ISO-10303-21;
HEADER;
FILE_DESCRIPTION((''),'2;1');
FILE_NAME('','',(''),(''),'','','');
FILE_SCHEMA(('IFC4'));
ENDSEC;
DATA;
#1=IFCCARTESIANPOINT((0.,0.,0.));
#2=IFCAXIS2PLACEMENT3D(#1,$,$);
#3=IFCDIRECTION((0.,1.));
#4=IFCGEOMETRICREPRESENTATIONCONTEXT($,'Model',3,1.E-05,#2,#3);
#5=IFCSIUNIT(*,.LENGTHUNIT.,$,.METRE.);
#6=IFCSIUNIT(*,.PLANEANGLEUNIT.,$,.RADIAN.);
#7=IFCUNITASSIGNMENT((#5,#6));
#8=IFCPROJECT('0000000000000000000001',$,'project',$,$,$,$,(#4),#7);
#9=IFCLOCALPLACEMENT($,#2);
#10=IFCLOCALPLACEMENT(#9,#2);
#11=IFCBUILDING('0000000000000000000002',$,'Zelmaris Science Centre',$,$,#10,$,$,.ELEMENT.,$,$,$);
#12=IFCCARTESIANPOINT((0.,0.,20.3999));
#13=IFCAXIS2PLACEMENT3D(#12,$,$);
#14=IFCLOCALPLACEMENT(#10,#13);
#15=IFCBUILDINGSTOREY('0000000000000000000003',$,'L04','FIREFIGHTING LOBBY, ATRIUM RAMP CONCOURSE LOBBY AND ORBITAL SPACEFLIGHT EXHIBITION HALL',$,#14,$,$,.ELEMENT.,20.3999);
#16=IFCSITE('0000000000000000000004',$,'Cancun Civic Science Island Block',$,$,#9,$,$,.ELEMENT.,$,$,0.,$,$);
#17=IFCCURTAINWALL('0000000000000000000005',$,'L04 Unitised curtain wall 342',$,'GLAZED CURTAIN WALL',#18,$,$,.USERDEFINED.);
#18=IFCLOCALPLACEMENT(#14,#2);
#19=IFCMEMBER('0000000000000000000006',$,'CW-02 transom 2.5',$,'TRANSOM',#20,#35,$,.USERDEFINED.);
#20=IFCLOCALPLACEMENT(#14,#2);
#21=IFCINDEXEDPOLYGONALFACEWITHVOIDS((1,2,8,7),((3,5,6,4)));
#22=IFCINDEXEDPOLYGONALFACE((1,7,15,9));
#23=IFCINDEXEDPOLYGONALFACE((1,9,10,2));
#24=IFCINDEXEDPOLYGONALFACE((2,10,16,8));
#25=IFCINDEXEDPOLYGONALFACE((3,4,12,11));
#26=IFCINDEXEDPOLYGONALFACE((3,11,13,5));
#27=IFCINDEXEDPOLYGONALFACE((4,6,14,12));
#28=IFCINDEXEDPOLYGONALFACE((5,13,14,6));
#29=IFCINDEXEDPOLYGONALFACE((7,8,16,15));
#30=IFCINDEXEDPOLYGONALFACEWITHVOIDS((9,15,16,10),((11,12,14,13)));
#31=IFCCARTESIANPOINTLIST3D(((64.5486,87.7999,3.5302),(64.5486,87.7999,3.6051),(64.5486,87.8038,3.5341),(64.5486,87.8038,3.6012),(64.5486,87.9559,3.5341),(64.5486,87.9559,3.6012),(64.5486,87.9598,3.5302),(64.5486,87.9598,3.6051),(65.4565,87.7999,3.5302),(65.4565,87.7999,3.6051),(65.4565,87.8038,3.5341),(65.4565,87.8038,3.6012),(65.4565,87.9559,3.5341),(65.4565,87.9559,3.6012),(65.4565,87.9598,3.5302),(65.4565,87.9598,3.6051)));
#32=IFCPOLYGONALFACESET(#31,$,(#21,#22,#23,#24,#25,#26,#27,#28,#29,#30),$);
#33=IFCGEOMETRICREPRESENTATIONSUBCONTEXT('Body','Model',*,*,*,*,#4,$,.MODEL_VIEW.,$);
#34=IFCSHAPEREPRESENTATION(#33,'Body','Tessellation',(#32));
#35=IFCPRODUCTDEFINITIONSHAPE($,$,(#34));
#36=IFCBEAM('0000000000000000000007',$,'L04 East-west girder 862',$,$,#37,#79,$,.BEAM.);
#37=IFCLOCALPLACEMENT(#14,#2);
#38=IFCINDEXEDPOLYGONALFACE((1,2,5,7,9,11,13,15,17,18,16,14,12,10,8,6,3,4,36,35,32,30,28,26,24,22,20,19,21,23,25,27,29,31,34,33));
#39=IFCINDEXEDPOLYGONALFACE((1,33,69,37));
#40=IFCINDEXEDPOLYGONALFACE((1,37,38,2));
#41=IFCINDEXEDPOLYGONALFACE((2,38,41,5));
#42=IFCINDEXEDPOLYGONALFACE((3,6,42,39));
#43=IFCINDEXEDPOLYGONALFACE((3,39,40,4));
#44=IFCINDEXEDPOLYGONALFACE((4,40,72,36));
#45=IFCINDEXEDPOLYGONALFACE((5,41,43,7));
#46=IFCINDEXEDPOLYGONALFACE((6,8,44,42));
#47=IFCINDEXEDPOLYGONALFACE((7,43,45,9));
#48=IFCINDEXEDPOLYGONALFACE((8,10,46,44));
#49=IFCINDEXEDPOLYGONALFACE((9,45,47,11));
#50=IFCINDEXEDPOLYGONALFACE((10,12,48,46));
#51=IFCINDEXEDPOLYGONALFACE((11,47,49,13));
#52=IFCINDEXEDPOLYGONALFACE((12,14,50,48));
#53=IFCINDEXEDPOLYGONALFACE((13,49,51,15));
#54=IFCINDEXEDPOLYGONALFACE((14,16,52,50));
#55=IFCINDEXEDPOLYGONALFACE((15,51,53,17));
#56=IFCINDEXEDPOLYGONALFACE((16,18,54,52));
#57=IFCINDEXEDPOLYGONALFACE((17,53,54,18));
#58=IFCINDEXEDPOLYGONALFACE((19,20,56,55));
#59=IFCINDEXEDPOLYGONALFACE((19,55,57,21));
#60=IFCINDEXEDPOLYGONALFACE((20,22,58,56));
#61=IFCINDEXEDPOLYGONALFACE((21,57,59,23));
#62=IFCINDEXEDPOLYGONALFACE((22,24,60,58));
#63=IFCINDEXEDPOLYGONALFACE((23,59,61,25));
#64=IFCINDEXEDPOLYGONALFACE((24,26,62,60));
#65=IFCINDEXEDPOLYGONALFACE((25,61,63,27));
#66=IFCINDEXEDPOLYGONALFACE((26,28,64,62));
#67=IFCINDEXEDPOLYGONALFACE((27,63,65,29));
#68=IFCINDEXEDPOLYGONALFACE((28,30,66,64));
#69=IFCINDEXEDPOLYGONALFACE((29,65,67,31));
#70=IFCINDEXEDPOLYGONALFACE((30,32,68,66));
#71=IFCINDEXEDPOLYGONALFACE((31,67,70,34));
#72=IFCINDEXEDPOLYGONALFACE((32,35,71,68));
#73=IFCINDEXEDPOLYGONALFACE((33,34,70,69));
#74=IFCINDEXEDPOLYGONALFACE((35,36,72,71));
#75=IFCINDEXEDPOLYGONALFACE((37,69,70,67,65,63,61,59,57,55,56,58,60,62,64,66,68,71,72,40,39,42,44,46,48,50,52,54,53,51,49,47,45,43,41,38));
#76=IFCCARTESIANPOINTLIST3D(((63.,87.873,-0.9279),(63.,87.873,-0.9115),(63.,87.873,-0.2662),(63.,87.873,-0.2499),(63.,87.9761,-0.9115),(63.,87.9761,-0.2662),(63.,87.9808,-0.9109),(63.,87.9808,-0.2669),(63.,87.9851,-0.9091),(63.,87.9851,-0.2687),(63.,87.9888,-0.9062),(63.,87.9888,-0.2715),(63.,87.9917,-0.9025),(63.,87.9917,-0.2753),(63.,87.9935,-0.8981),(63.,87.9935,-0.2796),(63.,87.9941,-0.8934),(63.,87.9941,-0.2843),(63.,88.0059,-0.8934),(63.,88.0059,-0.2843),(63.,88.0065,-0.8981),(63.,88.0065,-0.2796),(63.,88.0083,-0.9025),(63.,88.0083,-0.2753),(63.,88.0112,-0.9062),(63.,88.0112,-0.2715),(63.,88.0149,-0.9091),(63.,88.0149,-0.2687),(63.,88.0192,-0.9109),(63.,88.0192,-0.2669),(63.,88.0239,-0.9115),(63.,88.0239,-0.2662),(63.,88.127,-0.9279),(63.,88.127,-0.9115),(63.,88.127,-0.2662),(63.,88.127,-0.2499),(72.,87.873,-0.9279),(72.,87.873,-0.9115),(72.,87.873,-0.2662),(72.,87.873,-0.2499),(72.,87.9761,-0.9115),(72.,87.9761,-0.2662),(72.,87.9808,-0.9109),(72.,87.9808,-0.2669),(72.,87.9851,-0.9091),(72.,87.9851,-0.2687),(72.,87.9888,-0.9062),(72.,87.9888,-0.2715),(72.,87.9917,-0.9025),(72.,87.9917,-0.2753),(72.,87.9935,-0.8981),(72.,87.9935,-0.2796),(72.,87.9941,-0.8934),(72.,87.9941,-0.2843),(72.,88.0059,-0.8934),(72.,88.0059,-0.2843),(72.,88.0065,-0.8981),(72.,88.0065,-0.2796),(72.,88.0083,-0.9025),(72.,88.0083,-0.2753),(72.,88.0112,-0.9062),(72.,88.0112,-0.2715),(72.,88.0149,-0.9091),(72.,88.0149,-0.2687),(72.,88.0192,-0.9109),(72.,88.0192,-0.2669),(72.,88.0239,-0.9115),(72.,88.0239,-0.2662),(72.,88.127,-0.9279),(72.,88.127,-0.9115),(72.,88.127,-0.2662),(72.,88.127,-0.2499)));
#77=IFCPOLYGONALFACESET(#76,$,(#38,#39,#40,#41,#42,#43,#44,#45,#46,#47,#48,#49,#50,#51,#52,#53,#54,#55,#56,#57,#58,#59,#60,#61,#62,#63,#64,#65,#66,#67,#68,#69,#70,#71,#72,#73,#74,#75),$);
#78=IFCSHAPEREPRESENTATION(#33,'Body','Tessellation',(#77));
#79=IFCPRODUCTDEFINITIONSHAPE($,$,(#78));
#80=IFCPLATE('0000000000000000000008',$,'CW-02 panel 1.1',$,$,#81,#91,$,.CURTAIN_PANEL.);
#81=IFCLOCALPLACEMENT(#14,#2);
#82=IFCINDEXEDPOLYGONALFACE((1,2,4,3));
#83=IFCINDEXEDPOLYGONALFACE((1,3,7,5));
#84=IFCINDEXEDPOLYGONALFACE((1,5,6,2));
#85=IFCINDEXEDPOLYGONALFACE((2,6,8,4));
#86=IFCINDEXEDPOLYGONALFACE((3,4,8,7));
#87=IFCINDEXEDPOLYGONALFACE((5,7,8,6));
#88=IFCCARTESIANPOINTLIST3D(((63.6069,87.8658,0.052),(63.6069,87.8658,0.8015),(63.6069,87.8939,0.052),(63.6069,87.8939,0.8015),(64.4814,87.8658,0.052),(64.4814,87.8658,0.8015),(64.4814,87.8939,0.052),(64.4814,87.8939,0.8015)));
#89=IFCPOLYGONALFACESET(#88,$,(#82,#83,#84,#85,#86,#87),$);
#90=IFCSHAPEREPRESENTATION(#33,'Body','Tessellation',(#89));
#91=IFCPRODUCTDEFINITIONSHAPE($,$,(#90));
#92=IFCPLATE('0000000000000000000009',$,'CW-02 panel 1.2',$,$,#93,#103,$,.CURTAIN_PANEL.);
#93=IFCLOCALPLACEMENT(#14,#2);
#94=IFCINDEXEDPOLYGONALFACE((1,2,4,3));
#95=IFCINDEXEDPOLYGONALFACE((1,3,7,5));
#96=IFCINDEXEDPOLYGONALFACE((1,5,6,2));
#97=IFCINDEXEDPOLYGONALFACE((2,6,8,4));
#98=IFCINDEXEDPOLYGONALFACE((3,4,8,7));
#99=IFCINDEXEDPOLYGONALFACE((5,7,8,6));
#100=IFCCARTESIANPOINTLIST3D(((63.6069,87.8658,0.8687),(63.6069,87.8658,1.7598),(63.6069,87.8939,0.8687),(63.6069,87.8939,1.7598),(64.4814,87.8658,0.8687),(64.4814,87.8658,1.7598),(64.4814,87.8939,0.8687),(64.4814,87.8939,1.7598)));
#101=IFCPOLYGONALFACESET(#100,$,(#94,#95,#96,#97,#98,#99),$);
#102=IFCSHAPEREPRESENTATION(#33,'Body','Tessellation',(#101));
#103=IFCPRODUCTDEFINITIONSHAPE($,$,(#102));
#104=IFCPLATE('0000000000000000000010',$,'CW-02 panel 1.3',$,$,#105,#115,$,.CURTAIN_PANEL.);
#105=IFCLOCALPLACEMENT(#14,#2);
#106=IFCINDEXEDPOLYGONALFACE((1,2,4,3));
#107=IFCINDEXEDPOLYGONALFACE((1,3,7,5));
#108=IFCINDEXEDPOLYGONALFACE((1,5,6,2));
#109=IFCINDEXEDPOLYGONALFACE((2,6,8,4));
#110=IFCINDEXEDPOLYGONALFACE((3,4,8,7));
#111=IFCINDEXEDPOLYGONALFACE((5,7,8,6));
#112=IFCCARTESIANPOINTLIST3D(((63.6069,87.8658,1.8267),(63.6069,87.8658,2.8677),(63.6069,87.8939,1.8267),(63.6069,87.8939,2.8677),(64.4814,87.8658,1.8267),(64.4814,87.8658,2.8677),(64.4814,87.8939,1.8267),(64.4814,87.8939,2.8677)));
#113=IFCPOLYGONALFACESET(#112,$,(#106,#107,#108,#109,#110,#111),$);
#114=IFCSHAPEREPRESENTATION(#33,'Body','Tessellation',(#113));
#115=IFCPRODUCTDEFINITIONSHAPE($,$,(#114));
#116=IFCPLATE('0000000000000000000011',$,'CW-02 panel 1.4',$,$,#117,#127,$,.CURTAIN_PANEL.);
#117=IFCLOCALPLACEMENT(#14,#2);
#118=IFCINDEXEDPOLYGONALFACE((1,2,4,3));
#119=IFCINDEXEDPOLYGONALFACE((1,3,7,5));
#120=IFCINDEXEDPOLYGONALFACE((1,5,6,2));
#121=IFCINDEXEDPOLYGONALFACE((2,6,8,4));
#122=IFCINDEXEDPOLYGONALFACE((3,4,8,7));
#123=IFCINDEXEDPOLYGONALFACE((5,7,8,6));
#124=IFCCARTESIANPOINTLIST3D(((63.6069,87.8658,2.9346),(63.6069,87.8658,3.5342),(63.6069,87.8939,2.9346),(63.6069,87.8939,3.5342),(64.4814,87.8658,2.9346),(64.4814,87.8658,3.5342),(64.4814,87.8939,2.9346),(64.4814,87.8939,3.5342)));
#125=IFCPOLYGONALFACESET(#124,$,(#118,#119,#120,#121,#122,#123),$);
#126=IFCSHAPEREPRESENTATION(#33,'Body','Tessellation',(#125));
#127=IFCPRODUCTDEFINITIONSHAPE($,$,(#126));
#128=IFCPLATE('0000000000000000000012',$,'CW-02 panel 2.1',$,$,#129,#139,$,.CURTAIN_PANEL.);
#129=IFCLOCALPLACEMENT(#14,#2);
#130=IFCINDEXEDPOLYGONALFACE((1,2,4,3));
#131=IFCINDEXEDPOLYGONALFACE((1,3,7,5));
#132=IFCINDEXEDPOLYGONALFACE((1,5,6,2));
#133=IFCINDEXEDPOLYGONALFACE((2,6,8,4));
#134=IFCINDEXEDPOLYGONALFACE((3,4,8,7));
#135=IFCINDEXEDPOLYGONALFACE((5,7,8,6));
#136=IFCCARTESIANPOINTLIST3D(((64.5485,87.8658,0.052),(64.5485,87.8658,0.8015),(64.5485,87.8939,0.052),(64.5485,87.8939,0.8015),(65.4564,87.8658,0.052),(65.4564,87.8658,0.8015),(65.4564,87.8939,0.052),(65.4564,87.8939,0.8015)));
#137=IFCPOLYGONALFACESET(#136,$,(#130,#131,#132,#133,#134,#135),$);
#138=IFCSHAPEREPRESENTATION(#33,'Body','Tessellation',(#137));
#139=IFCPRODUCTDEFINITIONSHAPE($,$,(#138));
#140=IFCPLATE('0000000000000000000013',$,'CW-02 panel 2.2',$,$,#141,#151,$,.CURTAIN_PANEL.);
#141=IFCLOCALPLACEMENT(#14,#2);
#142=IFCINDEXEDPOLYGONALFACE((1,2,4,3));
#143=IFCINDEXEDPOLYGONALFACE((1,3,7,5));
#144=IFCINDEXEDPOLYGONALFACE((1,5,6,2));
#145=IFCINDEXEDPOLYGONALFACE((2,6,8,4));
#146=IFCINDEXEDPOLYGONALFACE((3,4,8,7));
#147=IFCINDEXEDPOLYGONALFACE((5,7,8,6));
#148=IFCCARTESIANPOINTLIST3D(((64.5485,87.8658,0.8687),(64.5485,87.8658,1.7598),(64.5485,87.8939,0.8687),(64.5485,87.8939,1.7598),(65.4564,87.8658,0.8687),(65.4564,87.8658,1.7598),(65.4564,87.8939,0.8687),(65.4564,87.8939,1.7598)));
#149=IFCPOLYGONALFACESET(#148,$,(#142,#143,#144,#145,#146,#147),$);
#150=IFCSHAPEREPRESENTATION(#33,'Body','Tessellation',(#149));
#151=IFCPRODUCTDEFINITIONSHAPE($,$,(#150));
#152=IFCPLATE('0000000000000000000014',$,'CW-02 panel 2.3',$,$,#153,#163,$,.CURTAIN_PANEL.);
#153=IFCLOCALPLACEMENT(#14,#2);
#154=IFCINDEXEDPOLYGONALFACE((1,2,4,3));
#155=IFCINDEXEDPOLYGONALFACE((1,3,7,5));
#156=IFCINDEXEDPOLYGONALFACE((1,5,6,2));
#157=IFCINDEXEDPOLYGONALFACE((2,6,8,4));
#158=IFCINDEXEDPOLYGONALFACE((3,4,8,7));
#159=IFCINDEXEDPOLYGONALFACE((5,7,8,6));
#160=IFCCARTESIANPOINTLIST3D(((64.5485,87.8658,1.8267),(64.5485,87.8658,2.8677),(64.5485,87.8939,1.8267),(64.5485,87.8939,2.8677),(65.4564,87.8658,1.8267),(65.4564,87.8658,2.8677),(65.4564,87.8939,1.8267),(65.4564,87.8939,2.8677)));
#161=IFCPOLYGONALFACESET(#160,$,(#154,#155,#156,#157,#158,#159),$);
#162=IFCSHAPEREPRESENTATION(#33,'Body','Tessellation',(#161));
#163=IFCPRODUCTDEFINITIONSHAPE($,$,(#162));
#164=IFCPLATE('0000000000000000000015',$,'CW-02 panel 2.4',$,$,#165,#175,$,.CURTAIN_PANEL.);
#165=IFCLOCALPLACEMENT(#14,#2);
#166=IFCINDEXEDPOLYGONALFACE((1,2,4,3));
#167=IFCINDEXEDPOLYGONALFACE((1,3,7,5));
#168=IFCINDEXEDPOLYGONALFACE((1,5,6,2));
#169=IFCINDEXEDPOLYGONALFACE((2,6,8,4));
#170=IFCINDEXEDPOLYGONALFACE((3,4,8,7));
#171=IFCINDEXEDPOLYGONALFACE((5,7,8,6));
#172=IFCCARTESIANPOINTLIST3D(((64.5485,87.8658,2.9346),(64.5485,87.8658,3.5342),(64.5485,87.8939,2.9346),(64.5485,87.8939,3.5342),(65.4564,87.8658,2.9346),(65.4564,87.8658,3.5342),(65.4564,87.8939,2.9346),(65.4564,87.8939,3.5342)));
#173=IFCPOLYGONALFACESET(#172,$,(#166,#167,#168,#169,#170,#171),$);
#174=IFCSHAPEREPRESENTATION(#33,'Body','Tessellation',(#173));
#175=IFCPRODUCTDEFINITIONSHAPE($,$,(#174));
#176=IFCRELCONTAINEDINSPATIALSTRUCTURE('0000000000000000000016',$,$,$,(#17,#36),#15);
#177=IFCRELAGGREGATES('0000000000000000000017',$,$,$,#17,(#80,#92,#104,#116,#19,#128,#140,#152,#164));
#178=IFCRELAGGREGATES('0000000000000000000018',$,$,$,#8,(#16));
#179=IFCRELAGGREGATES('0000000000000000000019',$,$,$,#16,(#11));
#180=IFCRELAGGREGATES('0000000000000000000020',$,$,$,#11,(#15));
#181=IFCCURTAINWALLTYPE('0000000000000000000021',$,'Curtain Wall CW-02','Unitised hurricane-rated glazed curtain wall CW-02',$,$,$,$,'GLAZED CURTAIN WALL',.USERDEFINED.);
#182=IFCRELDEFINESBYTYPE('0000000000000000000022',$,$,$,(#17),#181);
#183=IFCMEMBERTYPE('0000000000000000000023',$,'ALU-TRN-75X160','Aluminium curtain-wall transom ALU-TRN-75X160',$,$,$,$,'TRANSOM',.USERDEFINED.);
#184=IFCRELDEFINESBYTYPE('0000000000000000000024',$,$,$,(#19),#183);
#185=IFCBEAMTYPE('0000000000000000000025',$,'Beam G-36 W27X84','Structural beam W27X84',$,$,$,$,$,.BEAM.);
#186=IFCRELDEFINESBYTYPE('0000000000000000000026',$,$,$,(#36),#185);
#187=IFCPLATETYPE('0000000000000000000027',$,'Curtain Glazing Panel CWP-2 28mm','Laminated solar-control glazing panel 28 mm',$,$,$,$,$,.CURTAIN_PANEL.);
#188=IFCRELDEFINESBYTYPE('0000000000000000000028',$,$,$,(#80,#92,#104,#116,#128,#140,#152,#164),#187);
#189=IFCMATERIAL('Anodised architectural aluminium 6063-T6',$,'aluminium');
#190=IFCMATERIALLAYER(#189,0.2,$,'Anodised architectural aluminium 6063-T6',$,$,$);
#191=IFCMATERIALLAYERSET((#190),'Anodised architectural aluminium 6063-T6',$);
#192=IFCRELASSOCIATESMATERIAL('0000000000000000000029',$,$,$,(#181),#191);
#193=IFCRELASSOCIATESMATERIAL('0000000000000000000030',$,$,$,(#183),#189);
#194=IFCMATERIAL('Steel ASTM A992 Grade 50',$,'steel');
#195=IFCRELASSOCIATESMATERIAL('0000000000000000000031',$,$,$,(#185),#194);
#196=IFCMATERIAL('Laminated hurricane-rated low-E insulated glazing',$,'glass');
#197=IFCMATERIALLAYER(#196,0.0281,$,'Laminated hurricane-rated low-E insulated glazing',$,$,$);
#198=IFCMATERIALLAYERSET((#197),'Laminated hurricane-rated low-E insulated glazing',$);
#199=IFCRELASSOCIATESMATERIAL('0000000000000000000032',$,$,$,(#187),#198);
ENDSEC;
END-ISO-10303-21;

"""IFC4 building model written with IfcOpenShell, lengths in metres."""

from ifc_helpers import new_model, si_unit, direction, frame, origin, origin_2d, place, context, subcontext, project, spatial, rectangle, hollow_rectangle, i_section, extrude, material, layer, layer_set, material_profile, profile_set, type_object, element, aggregate, save


model = new_model("IFC4")

# Units and contexts
model_context = context("Model", 3, precision=1e-05, world=origin(), true_north=direction((0.0, 1.0)))
body_context = subcontext(model_context, "Body", "Model", "MODEL_VIEW")
ifc_project = project(units=[si_unit("LENGTHUNIT", "METRE"), si_unit("PLANEANGLEUNIT", "RADIAN")], contexts=[model_context])

# Site, building, storey
site_placement = place(None, origin())
site = spatial("IfcSite", under=ifc_project, at=site_placement, Name="Cancun Civic Science Island Block", CompositionType="ELEMENT", RefElevation=0.0)
building_placement = place(site_placement, origin())
building = spatial("IfcBuilding", under=site, at=building_placement, Name="Zelmaris Science Centre", CompositionType="ELEMENT")
storey_placement = place(building_placement, frame((0.0, 0.0, 20.3999)))
storey = spatial("IfcBuildingStorey", under=building, at=storey_placement, Name="L04", Description="FIREFIGHTING LOBBY, ATRIUM RAMP CONCOURSE LOBBY AND ORBITAL SPACEFLIGHT EXHIBITION HALL", CompositionType="ELEMENT", Elevation=20.3999)

# Curtain wall, member
ifc_material_1 = material(Name="Anodised architectural aluminium 6063-T6", Category="aluminium")
ifc_layer_1 = layer(ifc_material_1, 0.2, Name="Anodised architectural aluminium 6063-T6")
ifc_layer_set_1 = layer_set([ifc_layer_1], Name="Anodised architectural aluminium 6063-T6")
curtain_wall_type = type_object("IfcCurtainWallType", Name="Curtain Wall CW-02", Description="Unitised hurricane-rated glazed curtain wall CW-02", ElementType="GLAZED CURTAIN WALL", PredefinedType="USERDEFINED", material=ifc_layer_set_1)
curtain_wall_placement = place(storey_placement, origin())
curtain_wall = element("IfcCurtainWall", 1, at=curtain_wall_placement, inside=storey, type_object=curtain_wall_type, Name="L04 Unitised curtain wall 342", ObjectType="GLAZED CURTAIN WALL", PredefinedType="USERDEFINED")
ifc_material_profile_1 = material_profile(ifc_material_1, hollow_rectangle(XDim=0.075, YDim=0.1599, WallThickness=0.0039, at=origin_2d()), Name="ALU-TRN-75X160")
ifc_profile_set_1 = profile_set([ifc_material_profile_1], Name="Anodised architectural aluminium 6063-T6")
member_type_1 = type_object("IfcMemberType", Name="ALU-TRN-75X160", Description="Aluminium curtain-wall transom ALU-TRN-75X160", ElementType="TRANSOM", PredefinedType="USERDEFINED", material=ifc_profile_set_1)
member_1_placement = place(storey_placement, frame((64.5486, 87.8799, 3.5676), z_axis=(1.0, 0.0, 0.0), x_axis=(0.0, 0.0, 1.0)))
member_1 = element("IfcMember", 2, at=member_1_placement, type_object=member_type_1, Name="CW-02 transom 2.5", ObjectType="TRANSOM", PredefinedType="USERDEFINED", context=body_context, shape_type="SweptSolid", body=[
    extrude(hollow_rectangle(XDim=0.075, YDim=0.1599, WallThickness=0.0039, at=origin_2d()), origin(), (0.0, 0.0, 1.0), 0.908),
])

# Beam
ifc_material_2 = material(Name="Steel ASTM A992 Grade 50", Category="steel")
ifc_material_profile_2 = material_profile(ifc_material_2, i_section(OverallWidth=0.2539, OverallDepth=0.678, WebThickness=0.0117, FlangeThickness=0.0164, FilletRadius=0.0181, at=origin_2d()), Name="W27X84")
ifc_profile_set_2 = profile_set([ifc_material_profile_2], Name="Steel ASTM A992 Grade 50")
beam_type = type_object("IfcBeamType", Name="Beam G-36 W27X84", Description="Structural beam W27X84", PredefinedType="BEAM", material=ifc_profile_set_2)
beam_placement = place(storey_placement, frame((63.0, 88.0, -0.5889), z_axis=(1.0, 0.0, 0.0), x_axis=(0.0, 1.0, 0.0)))
element("IfcBeam", 3, at=beam_placement, inside=storey, type_object=beam_type, Name="L04 East-west girder 862", PredefinedType="BEAM", context=body_context, shape_type="SweptSolid", body=[
    extrude(i_section(OverallWidth=0.2539, OverallDepth=0.678, WebThickness=0.0117, FlangeThickness=0.0164, FilletRadius=0.0181, at=origin_2d()), origin(), (0.0, 0.0, 1.0), 9.0),
])

# Plates
ifc_material_3 = material(Name="Laminated hurricane-rated low-E insulated glazing", Category="glass")
ifc_layer_2 = layer(ifc_material_3, 0.0281, Name="Laminated hurricane-rated low-E insulated glazing")
ifc_layer_set_2 = layer_set([ifc_layer_2], Name="Laminated hurricane-rated low-E insulated glazing")
plate_type = type_object("IfcPlateType", Name="Curtain Glazing Panel CWP-2 28mm", Description="Laminated solar-control glazing panel 28 mm", PredefinedType="CURTAIN_PANEL", material=ifc_layer_set_2)
plate_1_placement = place(storey_placement, frame((64.0442, 87.8799, 0.052), z_axis=(0.0, 0.0, 1.0), x_axis=(1.0, 0.0, 0.0)))
plate_1 = element("IfcPlate", 4, at=plate_1_placement, type_object=plate_type, Name="CW-02 panel 1.1", PredefinedType="CURTAIN_PANEL", context=body_context, shape_type="SweptSolid", body=[
    extrude(rectangle(XDim=0.8745, YDim=0.0281, at=origin_2d()), origin(), (0.0, 0.0, 1.0), 0.7495),
])
plate_2_placement = place(storey_placement, frame((64.0442, 87.8799, 0.8687), z_axis=(0.0, 0.0, 1.0), x_axis=(1.0, 0.0, 0.0)))
plate_2 = element("IfcPlate", 5, at=plate_2_placement, type_object=plate_type, Name="CW-02 panel 1.2", PredefinedType="CURTAIN_PANEL", context=body_context, shape_type="SweptSolid", body=[
    extrude(rectangle(XDim=0.8745, YDim=0.0281, at=origin_2d()), origin(), (0.0, 0.0, 1.0), 0.8911),
])
plate_3_placement = place(storey_placement, frame((64.0442, 87.8799, 1.8267), z_axis=(0.0, 0.0, 1.0), x_axis=(1.0, 0.0, 0.0)))
plate_3 = element("IfcPlate", 6, at=plate_3_placement, type_object=plate_type, Name="CW-02 panel 1.3", PredefinedType="CURTAIN_PANEL", context=body_context, shape_type="SweptSolid", body=[
    extrude(rectangle(XDim=0.8745, YDim=0.0281, at=origin_2d()), origin(), (0.0, 0.0, 1.0), 1.041),
])
plate_4_placement = place(storey_placement, frame((64.0442, 87.8799, 2.9346), z_axis=(0.0, 0.0, 1.0), x_axis=(1.0, 0.0, 0.0)))
plate_4 = element("IfcPlate", 7, at=plate_4_placement, type_object=plate_type, Name="CW-02 panel 1.4", PredefinedType="CURTAIN_PANEL", context=body_context, shape_type="SweptSolid", body=[
    extrude(rectangle(XDim=0.8745, YDim=0.0281, at=origin_2d()), origin(), (0.0, 0.0, 1.0), 0.5996),
])
plate_5_placement = place(storey_placement, frame((65.0024, 87.8799, 0.052), z_axis=(0.0, 0.0, 1.0), x_axis=(1.0, 0.0, 0.0)))
plate_5 = element("IfcPlate", 8, at=plate_5_placement, type_object=plate_type, Name="CW-02 panel 2.1", PredefinedType="CURTAIN_PANEL", context=body_context, shape_type="SweptSolid", body=[
    extrude(rectangle(XDim=0.908, YDim=0.0281, at=origin_2d()), origin(), (0.0, 0.0, 1.0), 0.7495),
])
plate_6_placement = place(storey_placement, frame((65.0024, 87.8799, 0.8687), z_axis=(0.0, 0.0, 1.0), x_axis=(1.0, 0.0, 0.0)))
plate_6 = element("IfcPlate", 9, at=plate_6_placement, type_object=plate_type, Name="CW-02 panel 2.2", PredefinedType="CURTAIN_PANEL", context=body_context, shape_type="SweptSolid", body=[
    extrude(rectangle(XDim=0.908, YDim=0.0281, at=origin_2d()), origin(), (0.0, 0.0, 1.0), 0.8911),
])
plate_7_placement = place(storey_placement, frame((65.0024, 87.8799, 1.8267), z_axis=(0.0, 0.0, 1.0), x_axis=(1.0, 0.0, 0.0)))
plate_7 = element("IfcPlate", 10, at=plate_7_placement, type_object=plate_type, Name="CW-02 panel 2.3", PredefinedType="CURTAIN_PANEL", context=body_context, shape_type="SweptSolid", body=[
    extrude(rectangle(XDim=0.908, YDim=0.0281, at=origin_2d()), origin(), (0.0, 0.0, 1.0), 1.041),
])
plate_8_placement = place(storey_placement, frame((65.0024, 87.8799, 2.9346), z_axis=(0.0, 0.0, 1.0), x_axis=(1.0, 0.0, 0.0)))
plate_8 = element("IfcPlate", 11, at=plate_8_placement, type_object=plate_type, Name="CW-02 panel 2.4", PredefinedType="CURTAIN_PANEL", context=body_context, shape_type="SweptSolid", body=[
    extrude(rectangle(XDim=0.908, YDim=0.0281, at=origin_2d()), origin(), (0.0, 0.0, 1.0), 0.5996),
])
aggregate(curtain_wall, [plate_1, plate_2, plate_3, plate_4, member_1, plate_5, plate_6, plate_7, plate_8])

save(model, "model.ifc")
